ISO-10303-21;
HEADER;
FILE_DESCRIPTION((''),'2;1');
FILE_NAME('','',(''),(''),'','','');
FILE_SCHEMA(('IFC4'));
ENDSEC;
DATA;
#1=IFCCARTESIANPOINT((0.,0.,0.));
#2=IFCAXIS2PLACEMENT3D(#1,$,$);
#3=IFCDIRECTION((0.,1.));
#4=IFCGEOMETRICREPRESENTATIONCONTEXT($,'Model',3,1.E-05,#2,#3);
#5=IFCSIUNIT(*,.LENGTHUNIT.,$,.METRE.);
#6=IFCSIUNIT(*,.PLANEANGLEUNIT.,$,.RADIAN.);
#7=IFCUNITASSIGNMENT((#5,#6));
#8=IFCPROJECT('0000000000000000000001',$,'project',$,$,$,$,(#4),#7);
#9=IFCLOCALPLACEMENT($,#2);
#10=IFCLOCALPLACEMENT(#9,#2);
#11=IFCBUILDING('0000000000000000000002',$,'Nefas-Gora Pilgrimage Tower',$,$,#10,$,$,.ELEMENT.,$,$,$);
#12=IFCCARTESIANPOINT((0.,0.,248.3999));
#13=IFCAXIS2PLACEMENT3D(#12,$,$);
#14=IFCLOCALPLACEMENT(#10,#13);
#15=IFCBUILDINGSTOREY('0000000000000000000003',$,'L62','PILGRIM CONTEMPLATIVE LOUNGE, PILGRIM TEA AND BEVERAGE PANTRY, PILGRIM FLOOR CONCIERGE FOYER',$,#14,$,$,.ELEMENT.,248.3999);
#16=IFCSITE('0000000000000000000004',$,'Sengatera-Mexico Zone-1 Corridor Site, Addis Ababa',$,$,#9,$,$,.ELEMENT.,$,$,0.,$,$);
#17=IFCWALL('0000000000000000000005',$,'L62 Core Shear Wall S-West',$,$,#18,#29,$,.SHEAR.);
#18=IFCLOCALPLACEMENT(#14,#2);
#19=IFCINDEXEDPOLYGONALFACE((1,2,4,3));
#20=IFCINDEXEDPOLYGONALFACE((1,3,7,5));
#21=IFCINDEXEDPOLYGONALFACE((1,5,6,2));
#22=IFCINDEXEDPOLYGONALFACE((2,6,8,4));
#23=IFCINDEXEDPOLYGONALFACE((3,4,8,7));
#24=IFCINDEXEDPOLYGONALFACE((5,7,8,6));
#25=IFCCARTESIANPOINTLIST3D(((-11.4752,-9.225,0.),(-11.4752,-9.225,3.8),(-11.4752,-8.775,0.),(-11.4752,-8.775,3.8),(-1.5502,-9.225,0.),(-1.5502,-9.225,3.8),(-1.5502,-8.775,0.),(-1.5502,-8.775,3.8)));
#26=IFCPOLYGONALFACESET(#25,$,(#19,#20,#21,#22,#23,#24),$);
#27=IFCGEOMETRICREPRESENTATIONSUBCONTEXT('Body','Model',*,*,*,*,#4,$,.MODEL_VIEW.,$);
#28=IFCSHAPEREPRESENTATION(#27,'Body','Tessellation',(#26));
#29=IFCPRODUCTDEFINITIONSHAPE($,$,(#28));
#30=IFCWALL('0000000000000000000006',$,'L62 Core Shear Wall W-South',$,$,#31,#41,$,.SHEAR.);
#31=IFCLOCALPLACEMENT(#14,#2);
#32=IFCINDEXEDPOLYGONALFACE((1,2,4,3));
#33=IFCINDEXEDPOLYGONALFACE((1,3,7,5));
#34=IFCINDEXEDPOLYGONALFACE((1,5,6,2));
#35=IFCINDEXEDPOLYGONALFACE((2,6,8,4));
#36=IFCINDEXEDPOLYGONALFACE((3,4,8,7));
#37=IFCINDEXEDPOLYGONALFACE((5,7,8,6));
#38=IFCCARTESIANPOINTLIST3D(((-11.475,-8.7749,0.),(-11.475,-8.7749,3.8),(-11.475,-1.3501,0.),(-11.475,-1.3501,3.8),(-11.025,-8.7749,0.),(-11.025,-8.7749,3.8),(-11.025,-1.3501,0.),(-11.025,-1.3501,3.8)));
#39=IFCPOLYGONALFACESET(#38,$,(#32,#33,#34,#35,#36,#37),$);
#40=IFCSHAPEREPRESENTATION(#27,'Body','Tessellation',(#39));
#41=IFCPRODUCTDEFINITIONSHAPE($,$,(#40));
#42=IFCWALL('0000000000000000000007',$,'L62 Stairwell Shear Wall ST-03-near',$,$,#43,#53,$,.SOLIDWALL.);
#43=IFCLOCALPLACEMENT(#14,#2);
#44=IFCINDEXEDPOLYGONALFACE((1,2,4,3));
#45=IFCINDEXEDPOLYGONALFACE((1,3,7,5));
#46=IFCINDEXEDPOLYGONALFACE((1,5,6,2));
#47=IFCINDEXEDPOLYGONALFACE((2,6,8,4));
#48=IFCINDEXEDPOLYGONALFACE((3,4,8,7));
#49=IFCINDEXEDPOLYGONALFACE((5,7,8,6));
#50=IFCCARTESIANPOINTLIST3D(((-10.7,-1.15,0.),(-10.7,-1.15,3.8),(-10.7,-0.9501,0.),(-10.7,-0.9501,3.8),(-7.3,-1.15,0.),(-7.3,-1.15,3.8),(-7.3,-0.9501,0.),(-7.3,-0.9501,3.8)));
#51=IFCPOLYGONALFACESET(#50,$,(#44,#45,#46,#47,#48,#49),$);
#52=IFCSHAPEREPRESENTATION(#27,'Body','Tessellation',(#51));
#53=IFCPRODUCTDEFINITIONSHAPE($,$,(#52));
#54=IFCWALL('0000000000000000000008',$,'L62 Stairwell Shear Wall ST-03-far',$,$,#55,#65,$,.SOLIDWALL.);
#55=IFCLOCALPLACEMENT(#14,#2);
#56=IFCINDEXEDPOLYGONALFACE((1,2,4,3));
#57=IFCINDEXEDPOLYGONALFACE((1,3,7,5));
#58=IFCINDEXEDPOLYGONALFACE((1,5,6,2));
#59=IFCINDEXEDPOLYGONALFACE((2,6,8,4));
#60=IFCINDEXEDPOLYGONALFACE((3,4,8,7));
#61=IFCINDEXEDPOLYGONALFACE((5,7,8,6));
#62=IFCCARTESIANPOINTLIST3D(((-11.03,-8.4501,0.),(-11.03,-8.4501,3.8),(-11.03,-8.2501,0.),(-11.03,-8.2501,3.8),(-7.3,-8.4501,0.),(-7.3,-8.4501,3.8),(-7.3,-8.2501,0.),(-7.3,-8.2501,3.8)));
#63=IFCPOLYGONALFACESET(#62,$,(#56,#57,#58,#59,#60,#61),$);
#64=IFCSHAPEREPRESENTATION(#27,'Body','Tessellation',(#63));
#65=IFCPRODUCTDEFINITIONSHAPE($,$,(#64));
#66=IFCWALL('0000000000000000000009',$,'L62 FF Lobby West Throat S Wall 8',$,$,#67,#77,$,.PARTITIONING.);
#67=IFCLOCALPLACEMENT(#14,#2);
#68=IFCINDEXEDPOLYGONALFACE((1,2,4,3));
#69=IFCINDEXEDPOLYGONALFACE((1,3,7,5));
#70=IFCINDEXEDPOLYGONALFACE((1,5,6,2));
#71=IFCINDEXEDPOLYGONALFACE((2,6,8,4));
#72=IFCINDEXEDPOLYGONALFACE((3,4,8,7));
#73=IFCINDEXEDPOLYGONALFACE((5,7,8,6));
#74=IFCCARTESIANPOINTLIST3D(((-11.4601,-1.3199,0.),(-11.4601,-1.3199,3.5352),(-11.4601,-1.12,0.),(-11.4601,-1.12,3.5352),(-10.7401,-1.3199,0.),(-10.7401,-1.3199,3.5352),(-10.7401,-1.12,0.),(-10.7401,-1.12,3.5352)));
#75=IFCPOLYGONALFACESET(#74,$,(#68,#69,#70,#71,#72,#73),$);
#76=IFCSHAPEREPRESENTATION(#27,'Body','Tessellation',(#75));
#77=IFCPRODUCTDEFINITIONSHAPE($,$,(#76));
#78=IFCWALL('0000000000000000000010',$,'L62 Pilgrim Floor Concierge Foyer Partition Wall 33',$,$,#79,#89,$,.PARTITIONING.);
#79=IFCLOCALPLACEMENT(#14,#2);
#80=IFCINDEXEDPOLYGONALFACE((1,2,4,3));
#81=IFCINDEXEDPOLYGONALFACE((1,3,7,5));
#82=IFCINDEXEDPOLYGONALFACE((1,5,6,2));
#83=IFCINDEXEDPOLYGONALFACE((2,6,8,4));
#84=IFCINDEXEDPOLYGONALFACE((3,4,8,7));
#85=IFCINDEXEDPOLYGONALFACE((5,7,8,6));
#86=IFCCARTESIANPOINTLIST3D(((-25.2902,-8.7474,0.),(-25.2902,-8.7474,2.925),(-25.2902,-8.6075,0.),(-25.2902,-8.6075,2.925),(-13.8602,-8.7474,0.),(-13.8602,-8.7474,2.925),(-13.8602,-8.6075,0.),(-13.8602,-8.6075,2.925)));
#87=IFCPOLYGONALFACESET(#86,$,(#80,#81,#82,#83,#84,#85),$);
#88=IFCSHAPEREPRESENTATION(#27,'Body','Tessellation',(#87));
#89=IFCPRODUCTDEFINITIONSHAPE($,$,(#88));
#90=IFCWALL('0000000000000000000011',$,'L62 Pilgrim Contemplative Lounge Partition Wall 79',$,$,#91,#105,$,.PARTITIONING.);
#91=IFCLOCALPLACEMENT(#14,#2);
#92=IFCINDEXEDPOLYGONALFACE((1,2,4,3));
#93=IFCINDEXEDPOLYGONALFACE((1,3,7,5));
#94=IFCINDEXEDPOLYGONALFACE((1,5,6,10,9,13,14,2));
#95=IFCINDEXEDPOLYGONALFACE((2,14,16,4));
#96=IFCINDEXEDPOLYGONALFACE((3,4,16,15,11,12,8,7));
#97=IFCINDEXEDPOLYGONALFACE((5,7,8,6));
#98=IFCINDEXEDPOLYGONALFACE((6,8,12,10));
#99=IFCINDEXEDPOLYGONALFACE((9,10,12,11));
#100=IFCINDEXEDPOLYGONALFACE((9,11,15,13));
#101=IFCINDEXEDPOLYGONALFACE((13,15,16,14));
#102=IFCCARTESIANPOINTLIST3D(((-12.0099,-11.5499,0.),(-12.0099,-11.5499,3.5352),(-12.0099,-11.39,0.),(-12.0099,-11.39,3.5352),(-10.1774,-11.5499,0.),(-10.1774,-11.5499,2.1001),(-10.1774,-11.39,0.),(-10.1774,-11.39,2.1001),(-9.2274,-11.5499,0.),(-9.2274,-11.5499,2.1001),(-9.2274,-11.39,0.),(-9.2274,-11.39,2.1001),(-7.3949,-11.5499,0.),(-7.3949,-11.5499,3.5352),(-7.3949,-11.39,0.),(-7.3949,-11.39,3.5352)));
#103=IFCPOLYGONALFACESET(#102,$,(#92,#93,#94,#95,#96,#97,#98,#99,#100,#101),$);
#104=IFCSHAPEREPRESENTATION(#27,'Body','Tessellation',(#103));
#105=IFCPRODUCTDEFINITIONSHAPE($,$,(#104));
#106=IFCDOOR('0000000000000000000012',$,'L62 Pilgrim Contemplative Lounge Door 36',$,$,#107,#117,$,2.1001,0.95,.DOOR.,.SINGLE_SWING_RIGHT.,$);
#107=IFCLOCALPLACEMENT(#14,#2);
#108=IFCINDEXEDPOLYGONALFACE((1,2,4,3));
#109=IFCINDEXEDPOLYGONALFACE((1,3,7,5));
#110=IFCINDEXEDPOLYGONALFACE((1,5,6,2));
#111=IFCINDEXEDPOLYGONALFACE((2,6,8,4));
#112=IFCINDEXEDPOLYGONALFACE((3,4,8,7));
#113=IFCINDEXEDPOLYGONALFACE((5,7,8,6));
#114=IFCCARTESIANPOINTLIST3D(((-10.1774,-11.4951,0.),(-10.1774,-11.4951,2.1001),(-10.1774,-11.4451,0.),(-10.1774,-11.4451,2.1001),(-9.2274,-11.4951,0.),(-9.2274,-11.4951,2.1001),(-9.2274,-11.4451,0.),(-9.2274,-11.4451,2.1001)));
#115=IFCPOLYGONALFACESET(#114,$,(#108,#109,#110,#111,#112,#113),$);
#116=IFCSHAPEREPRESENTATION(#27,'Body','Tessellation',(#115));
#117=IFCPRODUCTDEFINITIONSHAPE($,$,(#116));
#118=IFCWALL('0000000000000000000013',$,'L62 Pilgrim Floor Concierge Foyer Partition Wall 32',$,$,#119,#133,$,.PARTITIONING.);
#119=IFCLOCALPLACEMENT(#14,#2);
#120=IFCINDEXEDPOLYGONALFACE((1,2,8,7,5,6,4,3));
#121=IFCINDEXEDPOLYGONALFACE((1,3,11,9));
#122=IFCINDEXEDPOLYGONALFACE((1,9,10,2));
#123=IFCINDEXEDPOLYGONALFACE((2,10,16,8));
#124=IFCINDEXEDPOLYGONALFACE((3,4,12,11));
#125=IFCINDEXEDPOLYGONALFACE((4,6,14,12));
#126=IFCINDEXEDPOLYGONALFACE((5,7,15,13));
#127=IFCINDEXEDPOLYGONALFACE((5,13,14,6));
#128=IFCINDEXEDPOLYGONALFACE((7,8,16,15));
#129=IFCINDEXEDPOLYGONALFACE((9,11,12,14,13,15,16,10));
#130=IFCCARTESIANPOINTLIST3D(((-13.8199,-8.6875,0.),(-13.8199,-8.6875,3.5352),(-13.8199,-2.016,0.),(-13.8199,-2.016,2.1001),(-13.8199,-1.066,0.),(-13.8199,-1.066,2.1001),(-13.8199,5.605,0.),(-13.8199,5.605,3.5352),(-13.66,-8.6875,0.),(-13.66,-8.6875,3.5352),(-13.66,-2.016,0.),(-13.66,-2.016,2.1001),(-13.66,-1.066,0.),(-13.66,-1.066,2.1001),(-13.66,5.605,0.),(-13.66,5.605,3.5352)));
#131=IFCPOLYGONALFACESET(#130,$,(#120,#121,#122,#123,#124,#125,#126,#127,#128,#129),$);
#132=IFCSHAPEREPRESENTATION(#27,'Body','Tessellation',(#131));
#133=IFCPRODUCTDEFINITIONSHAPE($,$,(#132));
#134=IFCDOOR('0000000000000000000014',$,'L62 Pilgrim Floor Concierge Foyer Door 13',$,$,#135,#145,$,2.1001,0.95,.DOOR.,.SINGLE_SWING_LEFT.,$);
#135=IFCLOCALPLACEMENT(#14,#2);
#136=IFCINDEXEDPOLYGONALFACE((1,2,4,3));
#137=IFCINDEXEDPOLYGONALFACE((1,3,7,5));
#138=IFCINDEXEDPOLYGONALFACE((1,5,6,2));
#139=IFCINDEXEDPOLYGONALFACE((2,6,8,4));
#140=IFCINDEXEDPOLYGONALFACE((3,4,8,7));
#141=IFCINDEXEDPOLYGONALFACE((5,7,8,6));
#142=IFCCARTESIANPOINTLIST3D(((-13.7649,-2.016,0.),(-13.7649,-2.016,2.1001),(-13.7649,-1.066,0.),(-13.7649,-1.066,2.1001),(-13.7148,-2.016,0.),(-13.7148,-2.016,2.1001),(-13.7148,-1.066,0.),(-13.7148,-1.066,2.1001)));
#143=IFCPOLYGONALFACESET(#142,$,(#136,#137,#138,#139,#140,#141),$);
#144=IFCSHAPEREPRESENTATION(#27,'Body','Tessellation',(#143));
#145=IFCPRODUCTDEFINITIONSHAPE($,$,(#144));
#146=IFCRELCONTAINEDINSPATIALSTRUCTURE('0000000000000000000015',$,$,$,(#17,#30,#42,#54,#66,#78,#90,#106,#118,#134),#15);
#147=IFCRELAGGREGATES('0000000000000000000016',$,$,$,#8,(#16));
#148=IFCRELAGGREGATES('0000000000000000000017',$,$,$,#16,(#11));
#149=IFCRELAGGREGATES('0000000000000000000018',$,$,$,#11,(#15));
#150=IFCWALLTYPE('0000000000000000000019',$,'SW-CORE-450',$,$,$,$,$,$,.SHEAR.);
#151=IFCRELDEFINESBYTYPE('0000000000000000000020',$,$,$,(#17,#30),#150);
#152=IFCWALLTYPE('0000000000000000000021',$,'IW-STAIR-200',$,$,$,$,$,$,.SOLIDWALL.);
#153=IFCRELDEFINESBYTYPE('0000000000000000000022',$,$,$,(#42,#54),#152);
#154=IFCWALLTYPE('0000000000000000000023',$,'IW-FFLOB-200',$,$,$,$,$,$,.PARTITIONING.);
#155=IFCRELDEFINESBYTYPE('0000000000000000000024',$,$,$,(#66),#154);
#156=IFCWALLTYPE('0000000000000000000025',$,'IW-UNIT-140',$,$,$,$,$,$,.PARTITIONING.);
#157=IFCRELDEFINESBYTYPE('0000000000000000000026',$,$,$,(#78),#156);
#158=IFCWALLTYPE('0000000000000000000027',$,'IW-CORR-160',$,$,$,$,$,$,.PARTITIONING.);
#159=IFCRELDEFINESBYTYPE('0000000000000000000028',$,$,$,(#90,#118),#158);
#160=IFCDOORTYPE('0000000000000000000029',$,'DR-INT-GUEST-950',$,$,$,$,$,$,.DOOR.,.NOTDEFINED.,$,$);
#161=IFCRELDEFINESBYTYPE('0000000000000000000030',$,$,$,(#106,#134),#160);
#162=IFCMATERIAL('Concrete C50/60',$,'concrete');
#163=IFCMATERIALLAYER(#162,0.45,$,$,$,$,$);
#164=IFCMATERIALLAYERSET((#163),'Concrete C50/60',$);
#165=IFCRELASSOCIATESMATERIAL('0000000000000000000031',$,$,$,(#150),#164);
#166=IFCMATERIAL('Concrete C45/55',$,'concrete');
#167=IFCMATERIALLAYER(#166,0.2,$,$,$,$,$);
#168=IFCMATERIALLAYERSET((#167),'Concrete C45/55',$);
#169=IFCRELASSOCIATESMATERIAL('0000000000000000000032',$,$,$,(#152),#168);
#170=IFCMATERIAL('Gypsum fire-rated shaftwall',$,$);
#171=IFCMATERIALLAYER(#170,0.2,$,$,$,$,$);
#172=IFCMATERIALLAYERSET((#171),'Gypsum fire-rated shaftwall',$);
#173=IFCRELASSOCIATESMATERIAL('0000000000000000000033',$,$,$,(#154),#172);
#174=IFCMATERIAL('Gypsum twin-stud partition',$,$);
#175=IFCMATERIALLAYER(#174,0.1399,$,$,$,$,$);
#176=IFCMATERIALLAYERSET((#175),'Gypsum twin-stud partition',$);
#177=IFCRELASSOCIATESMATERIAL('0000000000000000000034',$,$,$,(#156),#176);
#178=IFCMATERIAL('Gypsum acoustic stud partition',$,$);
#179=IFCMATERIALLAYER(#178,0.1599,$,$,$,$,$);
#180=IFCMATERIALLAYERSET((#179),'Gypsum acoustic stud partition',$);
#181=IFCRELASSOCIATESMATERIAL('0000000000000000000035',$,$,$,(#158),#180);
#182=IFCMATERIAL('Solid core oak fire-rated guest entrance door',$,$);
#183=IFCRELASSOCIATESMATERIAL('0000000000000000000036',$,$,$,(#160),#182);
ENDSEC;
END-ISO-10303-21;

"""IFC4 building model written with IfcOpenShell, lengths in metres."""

from ifc_helpers import new_model, si_unit, direction, frame, frame_2d, origin, place, context, subcontext, project, spatial, rectangle, extrude, source, transform, mapped, material, layer, layer_set, type_object, element, fill, save


model = new_model("IFC4")

# Units and contexts
model_context = context("Model", 3, precision=1e-05, world=origin(), true_north=direction((0.0, 1.0)))
body_context = subcontext(model_context, "Body", "Model", "MODEL_VIEW")
ifc_project = project(units=[si_unit("LENGTHUNIT", "METRE"), si_unit("PLANEANGLEUNIT", "RADIAN")], contexts=[model_context])

# Site, building, storey
site_placement = place(None, origin())
site = spatial("IfcSite", under=ifc_project, at=site_placement, Name="Sengatera-Mexico Zone-1 Corridor Site, Addis Ababa", CompositionType="ELEMENT", RefElevation=0.0)
building_placement = place(site_placement, origin())
building = spatial("IfcBuilding", under=site, at=building_placement, Name="Nefas-Gora Pilgrimage Tower", CompositionType="ELEMENT")
storey_placement = place(building_placement, frame((0.0, 0.0, 248.3999)))
storey = spatial("IfcBuildingStorey", under=building, at=storey_placement, Name="L62", Description="PILGRIM CONTEMPLATIVE LOUNGE, PILGRIM TEA AND BEVERAGE PANTRY, PILGRIM FLOOR CONCIERGE FOYER", CompositionType="ELEMENT", Elevation=248.3999)

# Shared definitions
ifc_material_1 = material(Name="Concrete C50/60", Category="concrete")

# Walls
ifc_layer_1 = layer(ifc_material_1, 0.45)
ifc_layer_set_1 = layer_set([ifc_layer_1], Name="Concrete C50/60")
wall_type_1 = type_object("IfcWallType", Name="SW-CORE-450", PredefinedType="SHEAR", material=ifc_layer_set_1)
shared_shape_1 = source(origin(), body_context, "Body", "SweptSolid", [
    extrude(rectangle(XDim=9.925, YDim=0.45, at=frame_2d((4.9624, 0.0))), origin(), (0.0, 0.0, 1.0), 3.8),
])
wall_1_placement = place(storey_placement, frame((-11.4751, -9.0, 0.0), z_axis=(0.0, 0.0, 1.0), x_axis=(1.0, 0.0, 0.0)))
element("IfcWall", 1, at=wall_1_placement, inside=storey, type_object=wall_type_1, Name="L62 Core Shear Wall S-West", PredefinedType="SHEAR", context=body_context, shape_type="MappedRepresentation", body=[
    mapped(shared_shape_1, transform((0.0, 0.0, 0.0), x_axis=(1.0, 0.0, 0.0), y_axis=(0.0, 1.0, 0.0), z_axis=(0.0, 0.0, 1.0), scale=1.0)),
])
shared_shape_2 = source(origin(), body_context, "Body", "SweptSolid", [
    extrude(rectangle(XDim=7.4248, YDim=0.45, at=frame_2d((3.7124, 0.0))), origin(), (0.0, 0.0, 1.0), 3.8),
])
wall_2_placement = place(storey_placement, frame((-11.25, -8.7749, 0.0), z_axis=(0.0, 0.0, 1.0), x_axis=(0.0, 1.0, 0.0)))
element("IfcWall", 2, at=wall_2_placement, inside=storey, type_object=wall_type_1, Name="L62 Core Shear Wall W-South", PredefinedType="SHEAR", context=body_context, shape_type="MappedRepresentation", body=[
    mapped(shared_shape_2, transform((0.0, 0.0, 0.0), x_axis=(1.0, 0.0, 0.0), y_axis=(0.0, 1.0, 0.0), z_axis=(0.0, 0.0, 1.0), scale=1.0)),
])
ifc_material_2 = material(Name="Concrete C45/55", Category="concrete")
ifc_layer_2 = layer(ifc_material_2, 0.2)
ifc_layer_set_2 = layer_set([ifc_layer_2], Name="Concrete C45/55")
wall_type_2 = type_object("IfcWallType", Name="IW-STAIR-200", PredefinedType="SOLIDWALL", material=ifc_layer_set_2)
shared_shape_3 = source(origin(), body_context, "Body", "SweptSolid", [
    extrude(rectangle(XDim=3.3999, YDim=0.2, at=frame_2d((1.7, 0.0))), origin(), (0.0, 0.0, 1.0), 3.8),
])
wall_3_placement = place(storey_placement, frame((-10.7, -1.05, 0.0), z_axis=(0.0, 0.0, 1.0), x_axis=(1.0, 0.0, 0.0)))
element("IfcWall", 3, at=wall_3_placement, inside=storey, type_object=wall_type_2, Name="L62 Stairwell Shear Wall ST-03-near", PredefinedType="SOLIDWALL", context=body_context, shape_type="MappedRepresentation", body=[
    mapped(shared_shape_3, transform((0.0, 0.0, 0.0), x_axis=(1.0, 0.0, 0.0), y_axis=(0.0, 1.0, 0.0), z_axis=(0.0, 0.0, 1.0), scale=1.0)),
])
shared_shape_4 = source(origin(), body_context, "Body", "SweptSolid", [
    extrude(rectangle(XDim=3.73, YDim=0.2, at=frame_2d((1.865, 0.0))), origin(), (0.0, 0.0, 1.0), 3.8),
])
wall_4_placement = place(storey_placement, frame((-11.03, -8.3501, 0.0), z_axis=(0.0, 0.0, 1.0), x_axis=(1.0, 0.0, 0.0)))
element("IfcWall", 4, at=wall_4_placement, inside=storey, type_object=wall_type_2, Name="L62 Stairwell Shear Wall ST-03-far", PredefinedType="SOLIDWALL", context=body_context, shape_type="MappedRepresentation", body=[
    mapped(shared_shape_4, transform((0.0, 0.0, 0.0), x_axis=(1.0, 0.0, 0.0), y_axis=(0.0, 1.0, 0.0), z_axis=(0.0, 0.0, 1.0), scale=1.0)),
])
ifc_material_3 = material(Name="Gypsum fire-rated shaftwall")
ifc_layer_3 = layer(ifc_material_3, 0.2)
ifc_layer_set_3 = layer_set([ifc_layer_3], Name="Gypsum fire-rated shaftwall")
wall_type_3 = type_object("IfcWallType", Name="IW-FFLOB-200", PredefinedType="PARTITIONING", material=ifc_layer_set_3)
shared_shape_5 = source(origin(), body_context, "Body", "SweptSolid", [
    extrude(rectangle(XDim=0.72, YDim=0.2, at=frame_2d((0.3599, 0.0))), origin(), (0.0, 0.0, 1.0), 3.5352),
])
wall_5_placement = place(storey_placement, frame((-11.46, -1.22, 0.0), z_axis=(0.0, 0.0, 1.0), x_axis=(1.0, 0.0, 0.0)))
element("IfcWall", 5, at=wall_5_placement, inside=storey, type_object=wall_type_3, Name="L62 FF Lobby West Throat S Wall 8", PredefinedType="PARTITIONING", context=body_context, shape_type="MappedRepresentation", body=[
    mapped(shared_shape_5, transform((0.0, 0.0, 0.0), x_axis=(1.0, 0.0, 0.0), y_axis=(0.0, 1.0, 0.0), z_axis=(0.0, 0.0, 1.0), scale=1.0)),
])

# Wall
ifc_material_4 = material(Name="Gypsum twin-stud partition")
ifc_layer_4 = layer(ifc_material_4, 0.1399)
ifc_layer_set_4 = layer_set([ifc_layer_4], Name="Gypsum twin-stud partition")
wall_type_4 = type_object("IfcWallType", Name="IW-UNIT-140", PredefinedType="PARTITIONING", material=ifc_layer_set_4)
shared_shape_6 = source(origin(), body_context, "Body", "SweptSolid", [
    extrude(rectangle(XDim=11.4299, YDim=0.1399, at=frame_2d((5.7148, 0.0))), origin(), (0.0, 0.0, 1.0), 2.925),
])
wall_6_placement = place(storey_placement, frame((-25.29, -8.6775, 0.0), z_axis=(0.0, 0.0, 1.0), x_axis=(1.0, 0.0, 0.0)))
element("IfcWall", 6, at=wall_6_placement, inside=storey, type_object=wall_type_4, Name="L62 Pilgrim Floor Concierge Foyer Partition Wall 33", PredefinedType="PARTITIONING", context=body_context, shape_type="MappedRepresentation", body=[
    mapped(shared_shape_6, transform((0.0, 0.0, 0.0), x_axis=(1.0, 0.0, 0.0), y_axis=(0.0, 1.0, 0.0), z_axis=(0.0, 0.0, 1.0), scale=1.0)),
])

# Walls, openings, doors
ifc_material_5 = material(Name="Gypsum acoustic stud partition")
ifc_layer_5 = layer(ifc_material_5, 0.1599)
ifc_layer_set_5 = layer_set([ifc_layer_5], Name="Gypsum acoustic stud partition")
wall_type_5 = type_object("IfcWallType", Name="IW-CORR-160", PredefinedType="PARTITIONING", material=ifc_layer_set_5)
shared_shape_7 = source(origin(), body_context, "Body", "SweptSolid", [
    extrude(rectangle(XDim=4.615, YDim=0.1599, at=frame_2d((2.3076, 0.0))), origin(), (0.0, 0.0, 1.0), 3.5352),
])
wall_7_placement = place(storey_placement, frame((-12.01, -11.47, 0.0), z_axis=(0.0, 0.0, 1.0), x_axis=(1.0, 0.0, 0.0)))
wall_7 = element("IfcWall", 7, at=wall_7_placement, inside=storey, type_object=wall_type_5, Name="L62 Pilgrim Contemplative Lounge Partition Wall 79", PredefinedType="PARTITIONING", context=body_context, shape_type="MappedRepresentation", body=[
    mapped(shared_shape_7, transform((0.0, 0.0, 0.0), x_axis=(1.0, 0.0, 0.0), y_axis=(0.0, 1.0, 0.0), z_axis=(0.0, 0.0, 1.0), scale=1.0)),
])
opening_1_placement = place(wall_7_placement, frame((1.8325, 0.0, 0.0)))
opening_1 = element("IfcOpeningElement", 8, at=opening_1_placement, cuts=wall_7, PredefinedType="OPENING", context=body_context, shape_type="SweptSolid", body=[
    extrude(rectangle(XDim=0.95, YDim=2.1001, at=frame_2d((0.4751, 1.05))), frame((0.0, 0.0898, 0.0), z_axis=(0.0, -1.0, 0.0), x_axis=(1.0, 0.0, 0.0)), (0.0, 0.0, 1.0), 0.1799),
])
ifc_material_6 = material(Name="Solid core oak fire-rated guest entrance door")
door_type_1 = type_object("IfcDoorType", Name="DR-INT-GUEST-950", OperationType="NOTDEFINED", PredefinedType="DOOR", material=ifc_material_6)
shared_shape_8 = source(origin(), body_context, "Body", "SweptSolid", [
    extrude(rectangle(XDim=0.95, YDim=2.1001, at=frame_2d((0.4751, 1.05))), frame((0.0, 0.0249, 0.0), z_axis=(0.0, -1.0, 0.0), x_axis=(1.0, 0.0, 0.0)), (0.0, 0.0, 1.0), 0.05),
])
door_1_placement = place(opening_1_placement, origin())
door_1 = element("IfcDoor", 9, at=door_1_placement, inside=storey, type_object=door_type_1, Name="L62 Pilgrim Contemplative Lounge Door 36", OperationType="SINGLE_SWING_RIGHT", OverallHeight=2.1001, OverallWidth=0.95, PredefinedType="DOOR", context=body_context, shape_type="MappedRepresentation", body=[
    mapped(shared_shape_8, transform((0.0, 0.0, 0.0), x_axis=(1.0, 0.0, 0.0), y_axis=(0.0, 1.0, 0.0), z_axis=(0.0, 0.0, 1.0), scale=1.0)),
])
fill(opening_1, door_1)
shared_shape_9 = source(origin(), body_context, "Body", "SweptSolid", [
    extrude(rectangle(XDim=14.2925, YDim=0.1599, at=frame_2d((7.1462, 0.0))), origin(), (0.0, 0.0, 1.0), 3.5352),
])
wall_8_placement = place(storey_placement, frame((-13.74, -8.6875, 0.0), z_axis=(0.0, 0.0, 1.0), x_axis=(0.0, 1.0, 0.0)))
wall_8 = element("IfcWall", 10, at=wall_8_placement, inside=storey, type_object=wall_type_5, Name="L62 Pilgrim Floor Concierge Foyer Partition Wall 32", PredefinedType="PARTITIONING", context=body_context, shape_type="MappedRepresentation", body=[
    mapped(shared_shape_9, transform((0.0, 0.0, 0.0), x_axis=(1.0, 0.0, 0.0), y_axis=(0.0, 1.0, 0.0), z_axis=(0.0, 0.0, 1.0), scale=1.0)),
])
opening_2_placement = place(wall_8_placement, frame((6.6714, 0.0, 0.0)))
opening_2 = element("IfcOpeningElement", 11, at=opening_2_placement, cuts=wall_8, PredefinedType="OPENING", context=body_context, shape_type="SweptSolid", body=[
    extrude(rectangle(XDim=0.95, YDim=2.1001, at=frame_2d((0.4751, 1.05))), frame((0.0, 0.0898, 0.0), z_axis=(0.0, -1.0, 0.0), x_axis=(1.0, 0.0, 0.0)), (0.0, 0.0, 1.0), 0.1799),
])
door_2_placement = place(opening_2_placement, origin())
door_2 = element("IfcDoor", 12, at=door_2_placement, inside=storey, type_object=door_type_1, Name="L62 Pilgrim Floor Concierge Foyer Door 13", OperationType="SINGLE_SWING_LEFT", OverallHeight=2.1001, OverallWidth=0.95, PredefinedType="DOOR", context=body_context, shape_type="MappedRepresentation", body=[
    mapped(shared_shape_8, transform((0.0, 0.0, 0.0), x_axis=(1.0, 0.0, 0.0), y_axis=(0.0, 1.0, 0.0), z_axis=(0.0, 0.0, 1.0), scale=1.0)),
])
fill(opening_2, door_2)

save(model, "model.ifc")
